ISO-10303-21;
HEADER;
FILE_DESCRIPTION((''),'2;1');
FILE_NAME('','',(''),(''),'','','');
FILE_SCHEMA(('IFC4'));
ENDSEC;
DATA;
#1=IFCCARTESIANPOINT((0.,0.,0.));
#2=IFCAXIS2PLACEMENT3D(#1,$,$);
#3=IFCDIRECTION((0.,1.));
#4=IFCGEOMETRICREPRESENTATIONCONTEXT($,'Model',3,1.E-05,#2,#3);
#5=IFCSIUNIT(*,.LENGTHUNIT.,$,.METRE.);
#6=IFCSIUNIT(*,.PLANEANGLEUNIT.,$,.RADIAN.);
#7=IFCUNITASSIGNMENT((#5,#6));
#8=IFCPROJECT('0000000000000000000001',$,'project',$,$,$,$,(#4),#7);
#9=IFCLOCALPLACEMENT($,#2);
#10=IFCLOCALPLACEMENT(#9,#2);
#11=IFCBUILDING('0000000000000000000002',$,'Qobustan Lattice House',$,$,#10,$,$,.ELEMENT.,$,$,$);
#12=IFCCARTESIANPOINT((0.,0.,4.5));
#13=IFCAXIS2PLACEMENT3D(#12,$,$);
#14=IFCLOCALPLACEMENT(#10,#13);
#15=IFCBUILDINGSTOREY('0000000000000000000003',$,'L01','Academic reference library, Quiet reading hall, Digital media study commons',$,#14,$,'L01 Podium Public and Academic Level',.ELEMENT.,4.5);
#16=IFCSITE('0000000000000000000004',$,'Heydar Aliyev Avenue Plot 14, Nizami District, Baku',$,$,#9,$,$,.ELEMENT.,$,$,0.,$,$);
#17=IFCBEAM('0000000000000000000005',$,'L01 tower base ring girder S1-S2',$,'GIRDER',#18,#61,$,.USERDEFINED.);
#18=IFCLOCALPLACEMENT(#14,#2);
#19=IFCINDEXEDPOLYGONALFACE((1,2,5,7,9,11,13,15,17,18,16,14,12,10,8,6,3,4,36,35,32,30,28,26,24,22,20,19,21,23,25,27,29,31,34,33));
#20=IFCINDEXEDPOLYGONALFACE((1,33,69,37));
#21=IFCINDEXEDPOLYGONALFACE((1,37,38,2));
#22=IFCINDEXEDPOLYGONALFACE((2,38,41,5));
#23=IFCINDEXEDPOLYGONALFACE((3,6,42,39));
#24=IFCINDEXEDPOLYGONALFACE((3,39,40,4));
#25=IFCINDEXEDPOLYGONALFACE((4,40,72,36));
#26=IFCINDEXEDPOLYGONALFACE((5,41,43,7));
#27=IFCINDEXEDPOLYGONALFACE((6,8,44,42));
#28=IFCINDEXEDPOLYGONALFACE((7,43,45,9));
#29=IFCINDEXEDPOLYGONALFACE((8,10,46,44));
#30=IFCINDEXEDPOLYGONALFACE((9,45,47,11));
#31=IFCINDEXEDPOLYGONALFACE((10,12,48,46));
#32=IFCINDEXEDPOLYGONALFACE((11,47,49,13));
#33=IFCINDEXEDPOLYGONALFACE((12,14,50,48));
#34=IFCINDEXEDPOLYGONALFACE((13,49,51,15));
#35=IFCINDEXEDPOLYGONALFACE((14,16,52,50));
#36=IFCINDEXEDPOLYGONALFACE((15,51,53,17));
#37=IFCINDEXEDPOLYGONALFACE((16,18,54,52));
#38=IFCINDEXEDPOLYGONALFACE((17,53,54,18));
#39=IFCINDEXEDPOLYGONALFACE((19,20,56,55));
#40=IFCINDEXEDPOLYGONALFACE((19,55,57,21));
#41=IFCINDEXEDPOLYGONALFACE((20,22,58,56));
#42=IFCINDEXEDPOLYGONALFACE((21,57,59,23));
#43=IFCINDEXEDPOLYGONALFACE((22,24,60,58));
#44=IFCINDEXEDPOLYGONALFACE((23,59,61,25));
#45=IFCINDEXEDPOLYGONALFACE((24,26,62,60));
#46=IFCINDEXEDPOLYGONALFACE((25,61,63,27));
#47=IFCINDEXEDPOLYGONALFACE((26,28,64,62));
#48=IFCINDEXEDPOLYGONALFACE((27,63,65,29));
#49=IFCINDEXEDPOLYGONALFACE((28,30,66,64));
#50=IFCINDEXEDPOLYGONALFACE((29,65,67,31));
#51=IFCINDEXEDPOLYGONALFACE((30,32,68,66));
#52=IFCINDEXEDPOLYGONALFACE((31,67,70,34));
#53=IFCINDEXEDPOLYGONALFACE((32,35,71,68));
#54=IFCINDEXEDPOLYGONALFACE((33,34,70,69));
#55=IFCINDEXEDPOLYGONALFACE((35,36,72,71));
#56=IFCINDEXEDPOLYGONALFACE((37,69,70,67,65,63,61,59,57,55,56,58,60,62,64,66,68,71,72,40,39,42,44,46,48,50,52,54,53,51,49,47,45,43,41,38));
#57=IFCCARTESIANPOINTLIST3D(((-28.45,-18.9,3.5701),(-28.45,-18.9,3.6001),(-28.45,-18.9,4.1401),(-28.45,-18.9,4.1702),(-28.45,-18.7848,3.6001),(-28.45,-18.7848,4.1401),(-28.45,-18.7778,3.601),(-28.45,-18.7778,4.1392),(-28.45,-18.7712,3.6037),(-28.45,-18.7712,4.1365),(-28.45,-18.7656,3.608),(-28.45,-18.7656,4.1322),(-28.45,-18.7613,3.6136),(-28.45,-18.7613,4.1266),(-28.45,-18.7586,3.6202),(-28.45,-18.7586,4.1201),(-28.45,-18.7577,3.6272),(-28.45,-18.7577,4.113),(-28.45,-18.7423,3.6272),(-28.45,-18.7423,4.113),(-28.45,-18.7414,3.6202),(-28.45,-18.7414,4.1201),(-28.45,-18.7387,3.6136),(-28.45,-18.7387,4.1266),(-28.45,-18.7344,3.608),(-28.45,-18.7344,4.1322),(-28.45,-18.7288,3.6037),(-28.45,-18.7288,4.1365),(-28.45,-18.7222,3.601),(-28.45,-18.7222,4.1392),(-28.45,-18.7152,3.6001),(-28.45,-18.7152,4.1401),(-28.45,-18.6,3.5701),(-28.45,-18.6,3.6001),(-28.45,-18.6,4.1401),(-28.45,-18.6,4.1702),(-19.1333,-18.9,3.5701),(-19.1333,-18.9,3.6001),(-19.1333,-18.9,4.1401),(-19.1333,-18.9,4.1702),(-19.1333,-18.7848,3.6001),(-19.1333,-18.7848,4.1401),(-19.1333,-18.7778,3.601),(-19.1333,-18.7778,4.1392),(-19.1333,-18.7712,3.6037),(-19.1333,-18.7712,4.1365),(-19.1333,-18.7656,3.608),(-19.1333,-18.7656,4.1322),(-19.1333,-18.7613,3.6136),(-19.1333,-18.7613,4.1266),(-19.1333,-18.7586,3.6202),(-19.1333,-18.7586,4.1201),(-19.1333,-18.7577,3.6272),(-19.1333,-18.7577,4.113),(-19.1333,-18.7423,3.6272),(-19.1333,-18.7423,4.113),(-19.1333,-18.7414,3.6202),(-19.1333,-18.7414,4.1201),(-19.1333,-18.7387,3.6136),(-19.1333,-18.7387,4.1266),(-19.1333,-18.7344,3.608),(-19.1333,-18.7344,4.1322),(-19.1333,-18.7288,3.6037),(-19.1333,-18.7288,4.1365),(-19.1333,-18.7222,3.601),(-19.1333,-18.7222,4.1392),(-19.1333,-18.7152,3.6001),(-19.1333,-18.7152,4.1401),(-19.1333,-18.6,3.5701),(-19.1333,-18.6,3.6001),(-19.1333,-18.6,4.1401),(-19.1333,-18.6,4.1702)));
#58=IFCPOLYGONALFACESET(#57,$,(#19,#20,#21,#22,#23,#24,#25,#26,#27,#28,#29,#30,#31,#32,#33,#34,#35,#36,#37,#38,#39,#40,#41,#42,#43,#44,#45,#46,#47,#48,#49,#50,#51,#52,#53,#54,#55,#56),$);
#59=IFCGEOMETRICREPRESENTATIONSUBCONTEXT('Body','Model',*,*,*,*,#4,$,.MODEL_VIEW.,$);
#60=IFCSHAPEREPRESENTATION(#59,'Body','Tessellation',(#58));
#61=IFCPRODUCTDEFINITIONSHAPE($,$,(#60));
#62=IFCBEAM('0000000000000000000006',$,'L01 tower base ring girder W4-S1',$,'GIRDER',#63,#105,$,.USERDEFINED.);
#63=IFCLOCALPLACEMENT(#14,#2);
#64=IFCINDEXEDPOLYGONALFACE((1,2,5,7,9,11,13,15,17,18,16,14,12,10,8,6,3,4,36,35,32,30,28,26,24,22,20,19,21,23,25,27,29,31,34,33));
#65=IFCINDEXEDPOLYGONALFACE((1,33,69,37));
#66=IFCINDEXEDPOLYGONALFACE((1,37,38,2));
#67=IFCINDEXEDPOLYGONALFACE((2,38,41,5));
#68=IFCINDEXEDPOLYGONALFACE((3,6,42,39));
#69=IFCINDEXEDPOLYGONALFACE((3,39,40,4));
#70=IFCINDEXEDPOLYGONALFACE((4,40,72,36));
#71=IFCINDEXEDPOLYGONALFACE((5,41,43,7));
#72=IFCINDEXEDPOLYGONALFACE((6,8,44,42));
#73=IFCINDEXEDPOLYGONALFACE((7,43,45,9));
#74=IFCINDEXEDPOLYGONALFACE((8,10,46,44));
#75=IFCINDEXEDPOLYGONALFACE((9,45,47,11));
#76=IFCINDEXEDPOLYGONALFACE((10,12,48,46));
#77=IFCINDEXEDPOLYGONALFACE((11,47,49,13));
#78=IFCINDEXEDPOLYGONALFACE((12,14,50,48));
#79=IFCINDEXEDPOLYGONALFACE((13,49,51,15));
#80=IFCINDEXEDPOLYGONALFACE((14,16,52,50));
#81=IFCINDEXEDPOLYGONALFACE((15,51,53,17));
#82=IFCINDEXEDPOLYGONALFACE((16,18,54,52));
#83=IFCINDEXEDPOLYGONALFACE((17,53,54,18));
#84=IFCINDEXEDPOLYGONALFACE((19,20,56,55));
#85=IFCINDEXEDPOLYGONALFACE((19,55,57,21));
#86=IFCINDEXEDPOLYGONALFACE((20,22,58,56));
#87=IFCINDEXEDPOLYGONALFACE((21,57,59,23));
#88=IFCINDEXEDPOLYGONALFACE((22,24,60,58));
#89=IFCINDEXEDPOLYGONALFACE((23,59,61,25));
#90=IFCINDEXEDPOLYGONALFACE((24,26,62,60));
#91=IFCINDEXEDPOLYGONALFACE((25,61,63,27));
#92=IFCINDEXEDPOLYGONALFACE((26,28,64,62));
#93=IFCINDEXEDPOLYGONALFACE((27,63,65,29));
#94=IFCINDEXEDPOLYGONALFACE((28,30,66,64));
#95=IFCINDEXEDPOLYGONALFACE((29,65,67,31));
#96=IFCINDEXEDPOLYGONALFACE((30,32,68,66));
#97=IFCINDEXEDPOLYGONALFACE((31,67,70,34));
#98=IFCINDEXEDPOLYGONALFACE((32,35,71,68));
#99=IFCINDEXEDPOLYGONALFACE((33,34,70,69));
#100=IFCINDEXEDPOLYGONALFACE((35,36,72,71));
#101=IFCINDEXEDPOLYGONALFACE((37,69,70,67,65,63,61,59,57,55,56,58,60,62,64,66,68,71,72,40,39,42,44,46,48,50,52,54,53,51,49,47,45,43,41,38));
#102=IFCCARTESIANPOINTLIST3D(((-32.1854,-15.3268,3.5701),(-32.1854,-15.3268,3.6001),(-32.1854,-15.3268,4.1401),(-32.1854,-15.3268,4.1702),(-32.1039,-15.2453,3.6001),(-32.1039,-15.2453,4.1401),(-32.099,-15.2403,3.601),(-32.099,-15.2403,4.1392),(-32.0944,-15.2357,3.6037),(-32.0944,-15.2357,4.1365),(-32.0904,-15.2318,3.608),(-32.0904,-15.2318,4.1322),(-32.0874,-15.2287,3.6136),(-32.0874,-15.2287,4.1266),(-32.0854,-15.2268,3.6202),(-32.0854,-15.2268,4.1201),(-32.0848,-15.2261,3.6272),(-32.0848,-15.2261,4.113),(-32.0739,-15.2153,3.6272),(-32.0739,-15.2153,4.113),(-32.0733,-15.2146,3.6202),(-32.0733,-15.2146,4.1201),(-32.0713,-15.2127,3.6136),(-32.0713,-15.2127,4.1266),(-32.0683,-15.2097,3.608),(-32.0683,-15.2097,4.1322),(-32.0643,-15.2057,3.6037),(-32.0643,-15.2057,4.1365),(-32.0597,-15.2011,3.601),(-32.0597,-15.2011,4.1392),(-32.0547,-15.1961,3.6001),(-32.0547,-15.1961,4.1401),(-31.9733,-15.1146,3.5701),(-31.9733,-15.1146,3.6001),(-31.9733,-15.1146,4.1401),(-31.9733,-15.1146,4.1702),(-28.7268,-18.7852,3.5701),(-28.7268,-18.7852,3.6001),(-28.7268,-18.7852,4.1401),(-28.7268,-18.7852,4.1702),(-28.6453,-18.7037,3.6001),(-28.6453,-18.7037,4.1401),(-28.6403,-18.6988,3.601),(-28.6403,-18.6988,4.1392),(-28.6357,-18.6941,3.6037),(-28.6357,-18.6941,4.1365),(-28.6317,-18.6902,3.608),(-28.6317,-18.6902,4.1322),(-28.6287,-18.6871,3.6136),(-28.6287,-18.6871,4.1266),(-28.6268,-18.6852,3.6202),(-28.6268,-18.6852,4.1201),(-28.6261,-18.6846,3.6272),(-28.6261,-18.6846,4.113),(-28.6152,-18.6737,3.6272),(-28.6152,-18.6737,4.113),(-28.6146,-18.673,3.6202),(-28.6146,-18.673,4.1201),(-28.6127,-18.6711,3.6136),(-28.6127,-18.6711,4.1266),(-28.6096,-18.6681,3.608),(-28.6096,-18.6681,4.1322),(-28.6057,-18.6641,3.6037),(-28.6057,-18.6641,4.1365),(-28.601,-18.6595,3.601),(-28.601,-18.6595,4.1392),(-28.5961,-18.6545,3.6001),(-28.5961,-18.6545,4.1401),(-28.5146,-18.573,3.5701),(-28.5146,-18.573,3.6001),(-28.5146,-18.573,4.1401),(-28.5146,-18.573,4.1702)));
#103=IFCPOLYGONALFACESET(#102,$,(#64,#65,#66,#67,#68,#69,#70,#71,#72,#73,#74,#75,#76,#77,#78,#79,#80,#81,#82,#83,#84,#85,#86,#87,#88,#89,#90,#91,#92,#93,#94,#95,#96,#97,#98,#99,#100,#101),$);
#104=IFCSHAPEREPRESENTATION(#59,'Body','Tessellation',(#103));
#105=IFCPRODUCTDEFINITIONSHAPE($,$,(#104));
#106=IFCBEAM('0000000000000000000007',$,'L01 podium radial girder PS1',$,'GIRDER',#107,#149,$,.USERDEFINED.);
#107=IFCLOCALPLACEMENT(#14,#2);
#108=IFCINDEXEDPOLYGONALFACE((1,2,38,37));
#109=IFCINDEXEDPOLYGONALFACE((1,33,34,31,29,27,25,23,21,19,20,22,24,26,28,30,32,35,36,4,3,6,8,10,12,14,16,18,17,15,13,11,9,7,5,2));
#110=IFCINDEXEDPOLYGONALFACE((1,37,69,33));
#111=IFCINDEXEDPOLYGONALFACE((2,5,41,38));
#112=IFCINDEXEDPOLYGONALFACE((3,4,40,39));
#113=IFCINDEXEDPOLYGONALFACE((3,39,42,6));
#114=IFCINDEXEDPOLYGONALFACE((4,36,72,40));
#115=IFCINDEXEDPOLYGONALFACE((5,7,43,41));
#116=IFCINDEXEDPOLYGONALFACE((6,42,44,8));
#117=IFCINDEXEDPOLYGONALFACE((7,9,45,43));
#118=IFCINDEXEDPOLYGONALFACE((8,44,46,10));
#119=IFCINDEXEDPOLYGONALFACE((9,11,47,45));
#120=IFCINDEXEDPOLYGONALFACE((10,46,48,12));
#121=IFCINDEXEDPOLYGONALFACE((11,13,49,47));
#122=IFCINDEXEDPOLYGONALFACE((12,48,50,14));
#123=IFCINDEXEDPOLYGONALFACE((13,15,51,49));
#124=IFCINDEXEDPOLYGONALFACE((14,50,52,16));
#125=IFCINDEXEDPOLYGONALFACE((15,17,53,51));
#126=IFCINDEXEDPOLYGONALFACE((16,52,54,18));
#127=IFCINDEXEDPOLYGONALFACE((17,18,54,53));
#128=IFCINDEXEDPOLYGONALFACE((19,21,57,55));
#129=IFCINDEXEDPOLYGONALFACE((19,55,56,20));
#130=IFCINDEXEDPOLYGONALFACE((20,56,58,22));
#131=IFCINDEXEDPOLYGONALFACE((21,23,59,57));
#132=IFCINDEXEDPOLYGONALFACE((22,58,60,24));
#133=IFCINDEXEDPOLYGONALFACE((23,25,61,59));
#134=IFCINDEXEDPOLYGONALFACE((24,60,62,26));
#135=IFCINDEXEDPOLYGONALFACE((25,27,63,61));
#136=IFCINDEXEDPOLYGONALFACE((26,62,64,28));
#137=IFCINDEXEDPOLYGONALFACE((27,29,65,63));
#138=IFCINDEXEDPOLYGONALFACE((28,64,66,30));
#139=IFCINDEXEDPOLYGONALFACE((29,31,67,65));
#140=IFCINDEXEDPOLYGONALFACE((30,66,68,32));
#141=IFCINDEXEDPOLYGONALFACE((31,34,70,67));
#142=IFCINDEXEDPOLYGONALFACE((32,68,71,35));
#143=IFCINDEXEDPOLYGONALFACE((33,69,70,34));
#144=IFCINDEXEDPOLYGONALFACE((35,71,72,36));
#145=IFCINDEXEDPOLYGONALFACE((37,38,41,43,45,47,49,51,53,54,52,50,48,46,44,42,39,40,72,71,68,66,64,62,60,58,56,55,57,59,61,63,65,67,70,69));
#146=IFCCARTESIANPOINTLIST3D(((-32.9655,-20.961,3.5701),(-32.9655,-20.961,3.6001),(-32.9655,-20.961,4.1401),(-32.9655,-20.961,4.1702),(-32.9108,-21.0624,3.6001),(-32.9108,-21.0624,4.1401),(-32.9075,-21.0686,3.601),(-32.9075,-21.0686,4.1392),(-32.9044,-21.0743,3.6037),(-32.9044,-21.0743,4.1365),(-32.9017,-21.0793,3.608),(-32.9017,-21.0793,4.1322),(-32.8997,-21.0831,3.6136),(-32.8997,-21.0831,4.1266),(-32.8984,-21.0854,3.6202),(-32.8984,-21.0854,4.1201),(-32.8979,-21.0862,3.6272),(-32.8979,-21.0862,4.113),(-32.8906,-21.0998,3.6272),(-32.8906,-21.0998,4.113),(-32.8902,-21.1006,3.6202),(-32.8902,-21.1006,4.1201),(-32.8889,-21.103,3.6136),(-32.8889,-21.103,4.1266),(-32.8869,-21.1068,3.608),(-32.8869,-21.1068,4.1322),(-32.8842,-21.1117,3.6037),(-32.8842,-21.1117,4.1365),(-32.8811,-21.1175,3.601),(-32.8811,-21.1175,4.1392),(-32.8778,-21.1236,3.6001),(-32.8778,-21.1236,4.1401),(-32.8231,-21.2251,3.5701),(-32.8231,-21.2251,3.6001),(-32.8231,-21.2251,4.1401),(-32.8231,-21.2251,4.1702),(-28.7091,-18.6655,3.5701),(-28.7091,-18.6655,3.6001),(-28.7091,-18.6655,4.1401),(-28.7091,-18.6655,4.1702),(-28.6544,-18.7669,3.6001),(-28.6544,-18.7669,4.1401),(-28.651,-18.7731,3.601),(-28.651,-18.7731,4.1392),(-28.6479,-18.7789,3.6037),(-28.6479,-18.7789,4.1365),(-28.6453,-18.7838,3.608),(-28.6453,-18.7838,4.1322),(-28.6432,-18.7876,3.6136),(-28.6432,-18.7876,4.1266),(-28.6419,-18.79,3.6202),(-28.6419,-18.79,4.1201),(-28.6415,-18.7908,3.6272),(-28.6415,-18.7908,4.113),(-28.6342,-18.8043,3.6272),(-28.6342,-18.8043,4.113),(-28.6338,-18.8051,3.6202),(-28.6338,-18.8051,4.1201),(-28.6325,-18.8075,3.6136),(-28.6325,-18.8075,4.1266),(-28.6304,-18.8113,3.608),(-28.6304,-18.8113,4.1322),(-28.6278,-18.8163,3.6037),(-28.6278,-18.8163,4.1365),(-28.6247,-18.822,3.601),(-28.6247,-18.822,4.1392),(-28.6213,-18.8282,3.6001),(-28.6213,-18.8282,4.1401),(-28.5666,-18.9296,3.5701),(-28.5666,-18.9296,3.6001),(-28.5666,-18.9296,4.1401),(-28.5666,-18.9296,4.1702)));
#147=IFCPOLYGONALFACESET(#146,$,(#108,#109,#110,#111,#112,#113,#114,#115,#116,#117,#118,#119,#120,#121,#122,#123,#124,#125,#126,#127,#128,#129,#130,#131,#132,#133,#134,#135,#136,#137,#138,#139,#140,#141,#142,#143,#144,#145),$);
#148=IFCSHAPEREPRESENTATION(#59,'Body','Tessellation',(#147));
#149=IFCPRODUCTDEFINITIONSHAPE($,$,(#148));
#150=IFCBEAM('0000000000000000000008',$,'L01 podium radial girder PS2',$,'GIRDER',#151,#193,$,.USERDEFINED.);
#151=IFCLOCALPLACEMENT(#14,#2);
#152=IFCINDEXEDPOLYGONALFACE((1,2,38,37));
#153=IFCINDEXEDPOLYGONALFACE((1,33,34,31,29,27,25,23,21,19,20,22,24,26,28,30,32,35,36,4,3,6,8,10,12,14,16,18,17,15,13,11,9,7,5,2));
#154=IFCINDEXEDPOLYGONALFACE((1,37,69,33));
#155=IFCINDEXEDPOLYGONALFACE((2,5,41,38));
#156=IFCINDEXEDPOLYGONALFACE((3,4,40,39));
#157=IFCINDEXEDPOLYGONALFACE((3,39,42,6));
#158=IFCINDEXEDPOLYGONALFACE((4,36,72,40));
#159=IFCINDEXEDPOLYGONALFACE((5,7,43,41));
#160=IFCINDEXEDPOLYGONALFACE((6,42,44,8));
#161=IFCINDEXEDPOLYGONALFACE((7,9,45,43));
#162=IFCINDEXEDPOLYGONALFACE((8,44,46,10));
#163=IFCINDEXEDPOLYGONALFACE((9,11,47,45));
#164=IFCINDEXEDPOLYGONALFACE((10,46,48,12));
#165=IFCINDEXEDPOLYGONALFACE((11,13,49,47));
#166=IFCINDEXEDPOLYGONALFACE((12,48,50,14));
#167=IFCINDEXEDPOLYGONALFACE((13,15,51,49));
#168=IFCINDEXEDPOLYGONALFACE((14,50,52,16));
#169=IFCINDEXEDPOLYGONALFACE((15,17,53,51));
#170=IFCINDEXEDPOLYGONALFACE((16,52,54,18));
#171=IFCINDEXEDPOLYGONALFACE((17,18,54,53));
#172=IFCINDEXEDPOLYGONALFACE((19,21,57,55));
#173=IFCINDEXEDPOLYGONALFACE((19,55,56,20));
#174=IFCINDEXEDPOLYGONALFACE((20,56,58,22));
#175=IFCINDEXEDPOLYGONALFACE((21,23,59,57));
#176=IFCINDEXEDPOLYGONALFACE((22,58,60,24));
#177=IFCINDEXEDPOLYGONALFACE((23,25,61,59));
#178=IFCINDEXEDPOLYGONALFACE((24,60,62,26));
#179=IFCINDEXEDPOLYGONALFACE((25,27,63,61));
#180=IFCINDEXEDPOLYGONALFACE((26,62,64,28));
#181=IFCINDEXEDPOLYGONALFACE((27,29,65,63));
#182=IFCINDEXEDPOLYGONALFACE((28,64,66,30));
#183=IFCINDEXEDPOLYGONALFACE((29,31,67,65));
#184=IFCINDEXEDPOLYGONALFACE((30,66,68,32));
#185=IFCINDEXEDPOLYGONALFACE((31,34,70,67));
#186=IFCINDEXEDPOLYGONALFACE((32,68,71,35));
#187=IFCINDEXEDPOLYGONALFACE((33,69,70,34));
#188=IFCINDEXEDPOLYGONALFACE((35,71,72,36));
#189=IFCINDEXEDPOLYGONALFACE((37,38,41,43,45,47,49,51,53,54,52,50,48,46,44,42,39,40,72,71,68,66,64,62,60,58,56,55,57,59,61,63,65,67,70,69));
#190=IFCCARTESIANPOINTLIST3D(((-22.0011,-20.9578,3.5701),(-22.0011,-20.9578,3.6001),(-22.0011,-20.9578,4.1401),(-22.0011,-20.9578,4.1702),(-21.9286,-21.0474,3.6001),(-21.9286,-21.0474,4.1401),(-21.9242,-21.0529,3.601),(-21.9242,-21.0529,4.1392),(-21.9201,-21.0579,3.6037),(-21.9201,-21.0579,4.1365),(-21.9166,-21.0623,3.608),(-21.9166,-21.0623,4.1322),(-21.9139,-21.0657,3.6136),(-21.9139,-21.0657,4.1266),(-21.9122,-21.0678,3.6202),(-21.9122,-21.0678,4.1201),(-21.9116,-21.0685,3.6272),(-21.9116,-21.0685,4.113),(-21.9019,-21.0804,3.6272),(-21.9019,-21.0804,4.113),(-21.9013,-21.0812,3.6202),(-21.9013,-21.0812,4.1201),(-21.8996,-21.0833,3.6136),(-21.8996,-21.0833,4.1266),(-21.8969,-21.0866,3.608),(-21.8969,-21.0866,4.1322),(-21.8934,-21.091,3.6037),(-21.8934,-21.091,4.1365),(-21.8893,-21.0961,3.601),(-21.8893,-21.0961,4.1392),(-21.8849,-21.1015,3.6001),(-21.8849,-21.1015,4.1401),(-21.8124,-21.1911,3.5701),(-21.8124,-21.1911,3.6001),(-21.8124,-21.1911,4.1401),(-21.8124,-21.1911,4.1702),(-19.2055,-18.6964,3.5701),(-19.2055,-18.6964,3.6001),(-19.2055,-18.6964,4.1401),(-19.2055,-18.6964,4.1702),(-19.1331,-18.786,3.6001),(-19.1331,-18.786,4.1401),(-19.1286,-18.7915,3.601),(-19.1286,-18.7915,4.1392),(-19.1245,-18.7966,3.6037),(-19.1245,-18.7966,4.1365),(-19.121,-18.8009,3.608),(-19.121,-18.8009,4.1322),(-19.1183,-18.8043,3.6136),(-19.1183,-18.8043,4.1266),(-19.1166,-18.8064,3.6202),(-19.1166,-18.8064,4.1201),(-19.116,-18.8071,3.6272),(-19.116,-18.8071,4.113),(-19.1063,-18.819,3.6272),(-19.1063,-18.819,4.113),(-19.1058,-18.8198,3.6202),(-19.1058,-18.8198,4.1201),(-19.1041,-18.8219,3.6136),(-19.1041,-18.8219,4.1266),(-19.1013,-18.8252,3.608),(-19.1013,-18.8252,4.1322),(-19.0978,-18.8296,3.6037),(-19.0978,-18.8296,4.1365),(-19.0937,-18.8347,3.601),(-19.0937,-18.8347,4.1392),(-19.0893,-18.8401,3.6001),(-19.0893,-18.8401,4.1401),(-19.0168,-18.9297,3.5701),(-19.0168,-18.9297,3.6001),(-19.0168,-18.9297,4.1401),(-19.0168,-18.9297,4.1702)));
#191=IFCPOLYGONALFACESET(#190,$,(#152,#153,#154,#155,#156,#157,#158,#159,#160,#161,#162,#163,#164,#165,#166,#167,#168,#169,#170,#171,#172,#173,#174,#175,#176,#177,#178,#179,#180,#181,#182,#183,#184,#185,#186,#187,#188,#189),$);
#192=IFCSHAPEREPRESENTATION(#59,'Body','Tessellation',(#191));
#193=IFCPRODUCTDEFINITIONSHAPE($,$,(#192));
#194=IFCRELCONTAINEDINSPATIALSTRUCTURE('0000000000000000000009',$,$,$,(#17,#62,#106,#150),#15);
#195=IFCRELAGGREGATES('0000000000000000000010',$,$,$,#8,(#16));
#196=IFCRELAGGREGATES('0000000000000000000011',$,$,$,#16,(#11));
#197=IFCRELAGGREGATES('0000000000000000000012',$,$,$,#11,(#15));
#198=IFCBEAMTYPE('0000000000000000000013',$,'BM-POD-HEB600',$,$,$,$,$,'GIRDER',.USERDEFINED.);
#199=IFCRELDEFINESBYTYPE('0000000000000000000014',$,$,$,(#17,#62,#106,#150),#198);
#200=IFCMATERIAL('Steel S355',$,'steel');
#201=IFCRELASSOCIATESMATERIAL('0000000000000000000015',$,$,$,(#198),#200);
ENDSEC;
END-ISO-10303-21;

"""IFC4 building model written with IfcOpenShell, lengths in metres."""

from ifc_helpers import new_model, si_unit, direction, frame, origin, origin_2d, place, context, subcontext, project, spatial, i_section, extrude, material, material_profile, profile_set, type_object, element, save


model = new_model("IFC4")

# Units and contexts
model_context = context("Model", 3, precision=1e-05, world=origin(), true_north=direction((0.0, 1.0)))
body_context = subcontext(model_context, "Body", "Model", "MODEL_VIEW")
ifc_project = project(units=[si_unit("LENGTHUNIT", "METRE"), si_unit("PLANEANGLEUNIT", "RADIAN")], contexts=[model_context])

# Site, building, storey
site_placement = place(None, origin())
site = spatial("IfcSite", under=ifc_project, at=site_placement, Name="Heydar Aliyev Avenue Plot 14, Nizami District, Baku", CompositionType="ELEMENT", RefElevation=0.0)
building_placement = place(site_placement, origin())
building = spatial("IfcBuilding", under=site, at=building_placement, Name="Qobustan Lattice House", CompositionType="ELEMENT")
storey_placement = place(building_placement, frame((0.0, 0.0, 4.5)))
storey = spatial("IfcBuildingStorey", under=building, at=storey_placement, Name="L01", Description="Academic reference library, Quiet reading hall, Digital media study commons", LongName="L01 Podium Public and Academic Level", CompositionType="ELEMENT", Elevation=4.5)

# Beams
ifc_material_1 = material(Name="Steel S355", Category="steel")
ifc_material_profile_1 = material_profile(ifc_material_1, i_section(OverallWidth=0.3, OverallDepth=0.6001, WebThickness=0.0154, FlangeThickness=0.03, FilletRadius=0.0271, at=origin_2d()), Name="HEB600")
ifc_profile_set_1 = profile_set([ifc_material_profile_1], Name="Steel S355")
beam_type_1 = type_object("IfcBeamType", Name="BM-POD-HEB600", ElementType="GIRDER", PredefinedType="USERDEFINED", material=ifc_profile_set_1)
beam_1_placement = place(storey_placement, frame((-28.45, -18.75, 3.8701), z_axis=(1.0, 0.0, 0.0), x_axis=(0.0, 1.0, 0.0)))
element("IfcBeam", 1, at=beam_1_placement, inside=storey, type_object=beam_type_1, Name="L01 tower base ring girder S1-S2", ObjectType="GIRDER", PredefinedType="USERDEFINED", context=body_context, shape_type="SweptSolid", body=[
    extrude(i_section(OverallWidth=0.3, OverallDepth=0.6001, WebThickness=0.0154, FlangeThickness=0.03, FilletRadius=0.0271, at=origin_2d()), origin(), (0.0, 0.0, 1.0), 9.3167),
])
beam_2_placement = place(storey_placement, frame((-32.0793, -15.2207, 3.8701), z_axis=(0.707132, -0.707082, 0.0), x_axis=(0.707082, 0.707132, 0.0)))
element("IfcBeam", 2, at=beam_2_placement, inside=storey, type_object=beam_type_1, Name="L01 tower base ring girder W4-S1", ObjectType="GIRDER", PredefinedType="USERDEFINED", context=body_context, shape_type="SweptSolid", body=[
    extrude(i_section(OverallWidth=0.3, OverallDepth=0.6001, WebThickness=0.0154, FlangeThickness=0.03, FilletRadius=0.0271, at=origin_2d()), origin(), (0.0, 0.0, 1.0), 4.8911),
])
beam_3_placement = place(storey_placement, frame((-32.8943, -21.093, 3.8701), z_axis=(0.880166, 0.474666, 0.0), x_axis=(-0.474666, 0.880166, 0.0)))
element("IfcBeam", 3, at=beam_3_placement, inside=storey, type_object=beam_type_1, Name="L01 podium radial girder PS1", ObjectType="GIRDER", PredefinedType="USERDEFINED", context=body_context, shape_type="SweptSolid", body=[
    extrude(i_section(OverallWidth=0.3, OverallDepth=0.6001, WebThickness=0.0154, FlangeThickness=0.03, FilletRadius=0.0271, at=origin_2d()), origin(), (0.0, 0.0, 1.0), 4.8359),
])
beam_4_placement = place(storey_placement, frame((-21.9067, -21.0745, 3.8701), z_axis=(0.777473, 0.628917, 0.0), x_axis=(-0.628917, 0.777473, 0.0)))
element("IfcBeam", 4, at=beam_4_placement, inside=storey, type_object=beam_type_1, Name="L01 podium radial girder PS2", ObjectType="GIRDER", PredefinedType="USERDEFINED", context=body_context, shape_type="SweptSolid", body=[
    extrude(i_section(OverallWidth=0.3, OverallDepth=0.6001, WebThickness=0.0154, FlangeThickness=0.03, FilletRadius=0.0271, at=origin_2d()), origin(), (0.0, 0.0, 1.0), 3.5957),
])

save(model, "model.ifc")
